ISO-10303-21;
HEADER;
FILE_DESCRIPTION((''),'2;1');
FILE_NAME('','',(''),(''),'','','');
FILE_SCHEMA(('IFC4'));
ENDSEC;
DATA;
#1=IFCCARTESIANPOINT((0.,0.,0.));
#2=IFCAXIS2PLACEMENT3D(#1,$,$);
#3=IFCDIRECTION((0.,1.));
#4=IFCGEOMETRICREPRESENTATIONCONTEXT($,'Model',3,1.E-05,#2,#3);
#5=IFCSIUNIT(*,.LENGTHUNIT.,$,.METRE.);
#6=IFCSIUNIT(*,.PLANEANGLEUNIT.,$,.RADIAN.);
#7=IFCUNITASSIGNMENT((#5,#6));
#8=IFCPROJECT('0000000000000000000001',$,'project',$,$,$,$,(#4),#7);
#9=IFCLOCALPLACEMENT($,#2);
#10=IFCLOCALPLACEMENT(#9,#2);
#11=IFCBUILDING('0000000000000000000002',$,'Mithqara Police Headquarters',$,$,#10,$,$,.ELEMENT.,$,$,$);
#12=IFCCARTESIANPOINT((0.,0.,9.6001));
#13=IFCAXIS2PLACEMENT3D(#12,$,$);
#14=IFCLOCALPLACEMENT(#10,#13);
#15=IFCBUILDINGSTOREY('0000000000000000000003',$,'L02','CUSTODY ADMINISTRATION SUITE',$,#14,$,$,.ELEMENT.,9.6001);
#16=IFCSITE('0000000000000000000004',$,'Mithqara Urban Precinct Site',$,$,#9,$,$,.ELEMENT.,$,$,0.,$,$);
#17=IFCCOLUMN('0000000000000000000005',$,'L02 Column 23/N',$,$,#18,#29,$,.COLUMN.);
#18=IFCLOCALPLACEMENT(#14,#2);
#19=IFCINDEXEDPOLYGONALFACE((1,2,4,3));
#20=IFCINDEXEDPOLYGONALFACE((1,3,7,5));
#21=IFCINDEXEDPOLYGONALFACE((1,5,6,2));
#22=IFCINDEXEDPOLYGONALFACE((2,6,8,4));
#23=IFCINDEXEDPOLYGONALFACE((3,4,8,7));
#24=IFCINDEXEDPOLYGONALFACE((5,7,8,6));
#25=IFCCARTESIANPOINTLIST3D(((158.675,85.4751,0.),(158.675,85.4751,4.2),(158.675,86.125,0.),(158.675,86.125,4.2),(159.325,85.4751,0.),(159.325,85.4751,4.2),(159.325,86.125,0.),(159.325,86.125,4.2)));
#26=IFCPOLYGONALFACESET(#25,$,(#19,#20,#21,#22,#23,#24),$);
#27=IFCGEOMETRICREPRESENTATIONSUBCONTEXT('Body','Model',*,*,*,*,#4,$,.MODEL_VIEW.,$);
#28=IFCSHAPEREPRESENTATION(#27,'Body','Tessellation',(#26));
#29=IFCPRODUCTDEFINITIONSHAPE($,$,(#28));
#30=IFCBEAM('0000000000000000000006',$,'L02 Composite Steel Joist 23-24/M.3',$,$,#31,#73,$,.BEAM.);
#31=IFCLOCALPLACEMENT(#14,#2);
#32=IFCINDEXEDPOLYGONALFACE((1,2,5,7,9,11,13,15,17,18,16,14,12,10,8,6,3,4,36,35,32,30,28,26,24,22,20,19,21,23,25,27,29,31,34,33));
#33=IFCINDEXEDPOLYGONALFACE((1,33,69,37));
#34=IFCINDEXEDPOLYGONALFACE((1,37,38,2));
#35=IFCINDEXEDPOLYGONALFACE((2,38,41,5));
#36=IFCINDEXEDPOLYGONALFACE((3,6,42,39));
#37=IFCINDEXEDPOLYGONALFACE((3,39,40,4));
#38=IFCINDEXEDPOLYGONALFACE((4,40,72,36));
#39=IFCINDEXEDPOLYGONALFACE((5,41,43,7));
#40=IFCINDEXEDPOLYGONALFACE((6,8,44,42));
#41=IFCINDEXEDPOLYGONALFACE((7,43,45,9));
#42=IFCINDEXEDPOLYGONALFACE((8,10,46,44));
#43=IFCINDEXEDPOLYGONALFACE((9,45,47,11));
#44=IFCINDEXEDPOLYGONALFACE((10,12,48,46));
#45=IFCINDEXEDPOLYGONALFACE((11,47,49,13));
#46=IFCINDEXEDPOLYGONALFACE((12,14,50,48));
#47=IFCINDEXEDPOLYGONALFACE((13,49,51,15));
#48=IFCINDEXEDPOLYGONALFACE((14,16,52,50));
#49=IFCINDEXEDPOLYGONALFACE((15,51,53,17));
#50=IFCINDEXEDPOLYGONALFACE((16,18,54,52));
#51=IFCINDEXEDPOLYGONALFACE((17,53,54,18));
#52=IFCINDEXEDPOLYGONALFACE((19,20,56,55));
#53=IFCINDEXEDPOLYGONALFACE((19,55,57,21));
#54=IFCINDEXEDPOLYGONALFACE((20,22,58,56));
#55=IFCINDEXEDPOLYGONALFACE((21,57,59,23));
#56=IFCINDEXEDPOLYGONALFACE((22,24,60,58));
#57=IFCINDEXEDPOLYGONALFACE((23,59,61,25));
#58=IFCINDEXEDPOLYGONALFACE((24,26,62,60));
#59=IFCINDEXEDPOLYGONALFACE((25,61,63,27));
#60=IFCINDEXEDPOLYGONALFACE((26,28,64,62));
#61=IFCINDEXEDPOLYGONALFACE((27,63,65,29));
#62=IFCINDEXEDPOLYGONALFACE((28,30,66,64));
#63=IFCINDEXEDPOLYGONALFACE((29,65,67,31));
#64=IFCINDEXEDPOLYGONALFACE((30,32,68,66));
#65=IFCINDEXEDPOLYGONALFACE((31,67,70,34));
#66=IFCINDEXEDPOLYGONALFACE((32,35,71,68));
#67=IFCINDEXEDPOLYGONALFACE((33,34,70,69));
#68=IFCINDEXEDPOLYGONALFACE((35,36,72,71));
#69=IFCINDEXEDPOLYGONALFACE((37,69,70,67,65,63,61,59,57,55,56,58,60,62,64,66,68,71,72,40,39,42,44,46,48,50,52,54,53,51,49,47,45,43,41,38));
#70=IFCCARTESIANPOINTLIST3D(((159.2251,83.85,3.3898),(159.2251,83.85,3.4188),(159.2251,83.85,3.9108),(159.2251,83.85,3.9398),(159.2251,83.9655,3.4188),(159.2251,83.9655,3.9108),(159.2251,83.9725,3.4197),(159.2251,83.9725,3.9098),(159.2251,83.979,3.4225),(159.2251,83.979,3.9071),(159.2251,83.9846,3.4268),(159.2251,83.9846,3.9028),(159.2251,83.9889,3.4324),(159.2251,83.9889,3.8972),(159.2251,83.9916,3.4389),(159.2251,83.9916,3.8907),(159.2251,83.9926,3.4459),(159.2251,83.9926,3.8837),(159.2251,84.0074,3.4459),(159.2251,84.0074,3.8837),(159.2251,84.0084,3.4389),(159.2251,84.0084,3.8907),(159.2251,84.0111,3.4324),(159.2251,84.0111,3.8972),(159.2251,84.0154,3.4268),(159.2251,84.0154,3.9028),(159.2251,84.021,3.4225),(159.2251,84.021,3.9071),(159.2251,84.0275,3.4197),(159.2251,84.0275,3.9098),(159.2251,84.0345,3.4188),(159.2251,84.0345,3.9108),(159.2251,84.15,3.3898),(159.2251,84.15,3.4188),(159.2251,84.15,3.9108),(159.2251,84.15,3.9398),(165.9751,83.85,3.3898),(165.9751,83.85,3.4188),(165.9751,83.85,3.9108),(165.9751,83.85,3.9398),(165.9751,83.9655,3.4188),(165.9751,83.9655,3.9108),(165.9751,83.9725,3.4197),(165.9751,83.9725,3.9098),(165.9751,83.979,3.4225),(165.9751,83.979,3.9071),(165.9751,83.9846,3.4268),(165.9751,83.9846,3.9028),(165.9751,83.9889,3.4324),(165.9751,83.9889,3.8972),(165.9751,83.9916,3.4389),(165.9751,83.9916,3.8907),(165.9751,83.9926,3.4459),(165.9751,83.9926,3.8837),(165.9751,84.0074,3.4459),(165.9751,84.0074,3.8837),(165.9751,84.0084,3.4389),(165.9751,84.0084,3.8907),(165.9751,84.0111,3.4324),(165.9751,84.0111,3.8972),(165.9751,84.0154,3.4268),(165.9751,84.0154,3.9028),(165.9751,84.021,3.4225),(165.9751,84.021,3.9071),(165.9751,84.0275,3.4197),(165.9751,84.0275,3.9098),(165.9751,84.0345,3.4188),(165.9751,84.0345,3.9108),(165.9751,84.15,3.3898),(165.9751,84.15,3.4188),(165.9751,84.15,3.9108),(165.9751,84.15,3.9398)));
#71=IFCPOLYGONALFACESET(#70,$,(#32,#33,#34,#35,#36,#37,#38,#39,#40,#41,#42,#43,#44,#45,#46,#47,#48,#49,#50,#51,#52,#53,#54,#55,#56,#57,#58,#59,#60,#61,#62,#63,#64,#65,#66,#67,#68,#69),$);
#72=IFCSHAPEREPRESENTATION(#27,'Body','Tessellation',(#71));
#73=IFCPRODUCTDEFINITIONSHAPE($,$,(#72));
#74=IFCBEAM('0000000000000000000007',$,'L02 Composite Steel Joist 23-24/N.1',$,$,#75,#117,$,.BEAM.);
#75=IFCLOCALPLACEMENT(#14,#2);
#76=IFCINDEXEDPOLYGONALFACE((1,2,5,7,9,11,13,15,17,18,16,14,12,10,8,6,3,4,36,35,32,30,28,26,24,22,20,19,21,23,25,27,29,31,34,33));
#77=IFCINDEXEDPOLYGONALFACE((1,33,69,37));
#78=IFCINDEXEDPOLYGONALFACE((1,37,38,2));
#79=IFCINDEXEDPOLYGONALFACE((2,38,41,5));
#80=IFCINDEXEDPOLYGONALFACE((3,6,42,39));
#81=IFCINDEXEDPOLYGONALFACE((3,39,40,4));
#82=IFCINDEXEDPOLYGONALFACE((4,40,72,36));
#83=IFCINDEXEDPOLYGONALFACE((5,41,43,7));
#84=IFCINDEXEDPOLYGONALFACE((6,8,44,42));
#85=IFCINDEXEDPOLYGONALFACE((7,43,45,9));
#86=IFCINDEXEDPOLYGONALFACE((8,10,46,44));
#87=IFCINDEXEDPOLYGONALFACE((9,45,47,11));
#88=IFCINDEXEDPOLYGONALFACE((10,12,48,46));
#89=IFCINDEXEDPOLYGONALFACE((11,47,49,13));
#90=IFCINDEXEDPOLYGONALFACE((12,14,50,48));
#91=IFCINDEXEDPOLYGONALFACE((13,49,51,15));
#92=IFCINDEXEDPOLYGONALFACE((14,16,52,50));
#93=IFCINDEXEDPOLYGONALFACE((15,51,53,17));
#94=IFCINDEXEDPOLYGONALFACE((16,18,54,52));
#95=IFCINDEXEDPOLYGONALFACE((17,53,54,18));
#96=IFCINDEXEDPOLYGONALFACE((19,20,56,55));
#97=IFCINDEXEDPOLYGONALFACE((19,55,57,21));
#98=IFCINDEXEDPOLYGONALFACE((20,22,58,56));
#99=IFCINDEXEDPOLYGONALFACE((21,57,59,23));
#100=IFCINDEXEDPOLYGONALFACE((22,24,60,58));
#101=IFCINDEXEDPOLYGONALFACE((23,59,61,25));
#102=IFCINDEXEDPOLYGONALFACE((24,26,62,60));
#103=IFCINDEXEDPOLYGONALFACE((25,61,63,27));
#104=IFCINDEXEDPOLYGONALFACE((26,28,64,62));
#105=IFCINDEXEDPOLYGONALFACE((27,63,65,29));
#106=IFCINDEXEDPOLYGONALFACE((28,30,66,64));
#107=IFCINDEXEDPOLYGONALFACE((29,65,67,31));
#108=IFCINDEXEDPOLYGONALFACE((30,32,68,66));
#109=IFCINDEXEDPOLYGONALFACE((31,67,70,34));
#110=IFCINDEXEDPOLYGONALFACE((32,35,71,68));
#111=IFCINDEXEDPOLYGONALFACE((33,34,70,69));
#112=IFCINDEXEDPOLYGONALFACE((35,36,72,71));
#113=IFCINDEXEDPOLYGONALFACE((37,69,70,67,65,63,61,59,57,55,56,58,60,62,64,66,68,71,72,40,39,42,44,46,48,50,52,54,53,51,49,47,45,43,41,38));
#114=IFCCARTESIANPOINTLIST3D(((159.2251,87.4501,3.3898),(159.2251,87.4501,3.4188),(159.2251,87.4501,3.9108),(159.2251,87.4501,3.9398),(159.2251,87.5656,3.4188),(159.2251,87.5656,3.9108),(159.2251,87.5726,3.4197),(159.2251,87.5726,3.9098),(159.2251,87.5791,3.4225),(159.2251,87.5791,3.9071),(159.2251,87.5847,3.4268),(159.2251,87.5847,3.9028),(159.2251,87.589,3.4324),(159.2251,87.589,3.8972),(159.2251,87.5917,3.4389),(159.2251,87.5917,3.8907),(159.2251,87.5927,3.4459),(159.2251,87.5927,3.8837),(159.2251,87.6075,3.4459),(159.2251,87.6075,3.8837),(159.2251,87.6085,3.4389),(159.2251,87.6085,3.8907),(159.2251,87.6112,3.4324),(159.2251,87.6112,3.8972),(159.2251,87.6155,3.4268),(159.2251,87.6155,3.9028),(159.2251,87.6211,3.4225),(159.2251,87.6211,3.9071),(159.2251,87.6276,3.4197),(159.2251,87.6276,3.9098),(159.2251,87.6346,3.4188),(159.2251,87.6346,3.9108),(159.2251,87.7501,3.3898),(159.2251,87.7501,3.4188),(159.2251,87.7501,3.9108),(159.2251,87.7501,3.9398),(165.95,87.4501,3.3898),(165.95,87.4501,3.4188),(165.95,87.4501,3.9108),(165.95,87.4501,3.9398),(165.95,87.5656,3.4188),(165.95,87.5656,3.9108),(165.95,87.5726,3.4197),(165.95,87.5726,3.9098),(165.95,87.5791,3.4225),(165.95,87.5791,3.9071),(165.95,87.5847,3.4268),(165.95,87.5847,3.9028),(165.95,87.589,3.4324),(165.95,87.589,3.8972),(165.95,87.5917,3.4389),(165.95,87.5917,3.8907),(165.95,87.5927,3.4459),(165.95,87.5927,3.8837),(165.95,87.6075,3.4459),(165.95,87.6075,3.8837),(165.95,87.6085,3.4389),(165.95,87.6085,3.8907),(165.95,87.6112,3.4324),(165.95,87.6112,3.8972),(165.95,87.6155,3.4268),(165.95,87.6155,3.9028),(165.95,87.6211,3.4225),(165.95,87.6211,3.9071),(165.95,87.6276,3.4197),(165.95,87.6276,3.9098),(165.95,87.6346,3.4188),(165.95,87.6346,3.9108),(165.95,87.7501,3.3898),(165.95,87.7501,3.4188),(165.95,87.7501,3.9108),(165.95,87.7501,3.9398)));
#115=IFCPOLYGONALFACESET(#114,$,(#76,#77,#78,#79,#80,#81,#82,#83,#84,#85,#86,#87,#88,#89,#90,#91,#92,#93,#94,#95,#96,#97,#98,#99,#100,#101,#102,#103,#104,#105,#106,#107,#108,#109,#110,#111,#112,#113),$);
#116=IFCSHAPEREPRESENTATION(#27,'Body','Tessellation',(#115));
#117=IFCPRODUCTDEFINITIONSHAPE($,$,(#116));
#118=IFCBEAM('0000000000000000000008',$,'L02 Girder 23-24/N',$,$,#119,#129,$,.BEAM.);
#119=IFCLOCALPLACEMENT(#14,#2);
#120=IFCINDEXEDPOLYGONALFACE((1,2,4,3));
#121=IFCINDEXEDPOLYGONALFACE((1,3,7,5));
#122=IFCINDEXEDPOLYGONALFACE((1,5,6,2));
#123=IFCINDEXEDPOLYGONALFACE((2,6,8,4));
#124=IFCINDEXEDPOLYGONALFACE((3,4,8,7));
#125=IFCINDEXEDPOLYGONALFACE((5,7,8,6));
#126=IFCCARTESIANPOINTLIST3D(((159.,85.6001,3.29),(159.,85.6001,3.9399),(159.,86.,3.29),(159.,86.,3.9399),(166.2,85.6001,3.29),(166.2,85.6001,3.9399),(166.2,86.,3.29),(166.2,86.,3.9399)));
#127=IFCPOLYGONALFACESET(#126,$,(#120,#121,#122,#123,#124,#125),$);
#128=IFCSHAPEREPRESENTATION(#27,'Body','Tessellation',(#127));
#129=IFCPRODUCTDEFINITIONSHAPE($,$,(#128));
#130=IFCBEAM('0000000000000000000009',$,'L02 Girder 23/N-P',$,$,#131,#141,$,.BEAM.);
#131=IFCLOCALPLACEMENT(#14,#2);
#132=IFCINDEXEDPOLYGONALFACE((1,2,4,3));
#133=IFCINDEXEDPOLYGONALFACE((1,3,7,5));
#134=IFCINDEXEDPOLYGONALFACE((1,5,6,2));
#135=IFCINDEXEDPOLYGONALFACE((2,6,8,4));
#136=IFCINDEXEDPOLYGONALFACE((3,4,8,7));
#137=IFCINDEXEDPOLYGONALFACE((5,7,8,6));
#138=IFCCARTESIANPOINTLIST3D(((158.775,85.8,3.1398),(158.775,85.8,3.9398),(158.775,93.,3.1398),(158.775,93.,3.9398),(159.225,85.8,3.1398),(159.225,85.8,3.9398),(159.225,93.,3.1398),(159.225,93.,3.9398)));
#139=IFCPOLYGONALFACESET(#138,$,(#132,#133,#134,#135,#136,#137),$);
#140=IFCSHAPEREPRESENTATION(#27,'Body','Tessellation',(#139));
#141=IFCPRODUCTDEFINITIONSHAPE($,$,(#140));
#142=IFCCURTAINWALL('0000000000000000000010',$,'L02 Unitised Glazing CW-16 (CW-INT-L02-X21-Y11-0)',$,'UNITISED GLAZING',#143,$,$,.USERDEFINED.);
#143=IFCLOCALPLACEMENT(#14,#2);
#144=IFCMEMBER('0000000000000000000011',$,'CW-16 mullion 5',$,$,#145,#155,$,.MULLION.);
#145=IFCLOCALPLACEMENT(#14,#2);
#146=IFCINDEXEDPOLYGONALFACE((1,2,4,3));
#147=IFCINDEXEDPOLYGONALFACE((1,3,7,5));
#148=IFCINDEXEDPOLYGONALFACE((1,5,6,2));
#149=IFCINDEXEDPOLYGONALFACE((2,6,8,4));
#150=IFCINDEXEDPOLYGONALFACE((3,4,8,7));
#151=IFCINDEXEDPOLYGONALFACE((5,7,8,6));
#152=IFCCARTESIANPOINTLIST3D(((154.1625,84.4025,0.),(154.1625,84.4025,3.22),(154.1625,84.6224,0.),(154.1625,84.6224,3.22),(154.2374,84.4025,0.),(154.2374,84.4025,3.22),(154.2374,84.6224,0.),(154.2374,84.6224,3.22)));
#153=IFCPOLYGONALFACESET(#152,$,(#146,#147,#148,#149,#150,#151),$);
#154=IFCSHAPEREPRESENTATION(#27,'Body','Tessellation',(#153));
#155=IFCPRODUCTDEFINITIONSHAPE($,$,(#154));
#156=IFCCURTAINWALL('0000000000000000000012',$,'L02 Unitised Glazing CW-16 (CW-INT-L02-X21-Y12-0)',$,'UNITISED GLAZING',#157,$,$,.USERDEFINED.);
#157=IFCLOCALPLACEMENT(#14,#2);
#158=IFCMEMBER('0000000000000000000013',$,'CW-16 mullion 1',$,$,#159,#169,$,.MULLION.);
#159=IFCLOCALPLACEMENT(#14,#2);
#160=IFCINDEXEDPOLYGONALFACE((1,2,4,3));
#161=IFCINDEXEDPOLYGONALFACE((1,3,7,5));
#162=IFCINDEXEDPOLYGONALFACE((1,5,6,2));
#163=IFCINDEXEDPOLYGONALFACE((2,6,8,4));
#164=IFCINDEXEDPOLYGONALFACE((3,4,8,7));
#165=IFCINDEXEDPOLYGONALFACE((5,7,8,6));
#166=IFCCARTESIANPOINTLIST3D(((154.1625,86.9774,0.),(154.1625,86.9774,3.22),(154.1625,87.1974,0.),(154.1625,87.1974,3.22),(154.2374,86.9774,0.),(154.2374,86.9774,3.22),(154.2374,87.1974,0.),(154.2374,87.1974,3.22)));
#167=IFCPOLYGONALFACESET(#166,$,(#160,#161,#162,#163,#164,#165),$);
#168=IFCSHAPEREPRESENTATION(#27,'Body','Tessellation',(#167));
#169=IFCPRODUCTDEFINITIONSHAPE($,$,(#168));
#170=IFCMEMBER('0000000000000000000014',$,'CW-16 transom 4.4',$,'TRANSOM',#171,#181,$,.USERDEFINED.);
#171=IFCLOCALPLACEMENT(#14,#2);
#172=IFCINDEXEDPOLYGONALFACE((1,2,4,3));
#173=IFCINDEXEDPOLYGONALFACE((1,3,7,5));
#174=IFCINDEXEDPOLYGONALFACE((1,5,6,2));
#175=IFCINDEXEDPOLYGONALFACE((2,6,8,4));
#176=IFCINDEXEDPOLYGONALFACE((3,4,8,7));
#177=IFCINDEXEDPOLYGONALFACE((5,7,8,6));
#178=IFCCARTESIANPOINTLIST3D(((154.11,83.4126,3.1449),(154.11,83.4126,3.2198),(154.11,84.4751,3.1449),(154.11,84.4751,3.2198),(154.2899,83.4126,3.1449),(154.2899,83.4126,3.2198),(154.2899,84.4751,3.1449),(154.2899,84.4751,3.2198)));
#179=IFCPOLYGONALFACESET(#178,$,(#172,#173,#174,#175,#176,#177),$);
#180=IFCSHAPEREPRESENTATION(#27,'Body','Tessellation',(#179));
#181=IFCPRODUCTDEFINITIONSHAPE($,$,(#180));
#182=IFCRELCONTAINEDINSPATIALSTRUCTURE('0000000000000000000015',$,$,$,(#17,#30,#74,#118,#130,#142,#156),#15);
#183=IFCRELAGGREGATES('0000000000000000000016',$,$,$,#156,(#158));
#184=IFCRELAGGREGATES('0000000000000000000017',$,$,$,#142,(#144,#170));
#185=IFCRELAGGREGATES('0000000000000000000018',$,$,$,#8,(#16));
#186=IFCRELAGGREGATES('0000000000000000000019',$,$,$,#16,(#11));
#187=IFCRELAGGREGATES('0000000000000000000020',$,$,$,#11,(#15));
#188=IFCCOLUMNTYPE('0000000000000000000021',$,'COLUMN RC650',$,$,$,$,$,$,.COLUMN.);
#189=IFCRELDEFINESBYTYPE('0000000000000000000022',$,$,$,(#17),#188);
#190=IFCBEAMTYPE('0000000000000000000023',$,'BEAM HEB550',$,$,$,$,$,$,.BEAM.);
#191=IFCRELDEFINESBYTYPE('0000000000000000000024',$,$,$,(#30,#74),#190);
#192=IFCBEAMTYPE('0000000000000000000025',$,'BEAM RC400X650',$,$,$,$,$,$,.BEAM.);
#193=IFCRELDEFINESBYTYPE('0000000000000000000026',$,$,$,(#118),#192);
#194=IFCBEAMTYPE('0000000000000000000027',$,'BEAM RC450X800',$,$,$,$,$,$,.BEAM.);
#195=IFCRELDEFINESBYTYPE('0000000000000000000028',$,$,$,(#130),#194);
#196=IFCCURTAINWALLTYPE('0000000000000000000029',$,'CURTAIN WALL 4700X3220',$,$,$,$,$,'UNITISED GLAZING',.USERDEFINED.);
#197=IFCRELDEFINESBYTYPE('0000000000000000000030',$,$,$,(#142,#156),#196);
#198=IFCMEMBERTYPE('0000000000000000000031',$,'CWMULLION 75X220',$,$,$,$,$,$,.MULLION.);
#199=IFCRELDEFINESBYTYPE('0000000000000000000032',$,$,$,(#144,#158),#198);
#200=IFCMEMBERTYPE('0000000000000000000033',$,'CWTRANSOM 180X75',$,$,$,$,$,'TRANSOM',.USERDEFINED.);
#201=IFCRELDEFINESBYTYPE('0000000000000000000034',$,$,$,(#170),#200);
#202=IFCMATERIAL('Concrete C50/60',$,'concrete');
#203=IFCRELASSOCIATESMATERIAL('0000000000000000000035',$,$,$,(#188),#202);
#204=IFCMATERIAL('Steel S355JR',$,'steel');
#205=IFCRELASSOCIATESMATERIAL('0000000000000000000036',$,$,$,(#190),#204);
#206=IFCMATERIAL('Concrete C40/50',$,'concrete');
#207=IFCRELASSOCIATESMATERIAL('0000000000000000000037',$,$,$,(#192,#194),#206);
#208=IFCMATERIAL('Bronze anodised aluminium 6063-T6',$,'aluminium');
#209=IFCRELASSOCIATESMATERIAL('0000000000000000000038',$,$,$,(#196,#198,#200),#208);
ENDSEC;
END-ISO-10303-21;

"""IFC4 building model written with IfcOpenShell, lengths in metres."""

from ifc_helpers import new_model, si_unit, direction, frame, origin, origin_2d, place, context, subcontext, project, spatial, rectangle, i_section, extrude, material, material_profile, profile_set, type_object, element, aggregate, save


model = new_model("IFC4")

# Units and contexts
model_context = context("Model", 3, precision=1e-05, world=origin(), true_north=direction((0.0, 1.0)))
body_context = subcontext(model_context, "Body", "Model", "MODEL_VIEW")
ifc_project = project(units=[si_unit("LENGTHUNIT", "METRE"), si_unit("PLANEANGLEUNIT", "RADIAN")], contexts=[model_context])

# Site, building, storey
site_placement = place(None, origin())
site = spatial("IfcSite", under=ifc_project, at=site_placement, Name="Mithqara Urban Precinct Site", CompositionType="ELEMENT", RefElevation=0.0)
building_placement = place(site_placement, origin())
building = spatial("IfcBuilding", under=site, at=building_placement, Name="Mithqara Police Headquarters", CompositionType="ELEMENT")
storey_placement = place(building_placement, frame((0.0, 0.0, 9.6001)))
storey = spatial("IfcBuildingStorey", under=building, at=storey_placement, Name="L02", Description="CUSTODY ADMINISTRATION SUITE", CompositionType="ELEMENT", Elevation=9.6001)

# Column
ifc_material_1 = material(Name="Concrete C50/60", Category="concrete")
ifc_material_profile_1 = material_profile(ifc_material_1, rectangle(XDim=0.6499, YDim=0.6499, at=origin_2d()), Name="RC 650x650")
ifc_profile_set_1 = profile_set([ifc_material_profile_1], Name="Concrete C50/60")
column_type = type_object("IfcColumnType", Name="COLUMN RC650", PredefinedType="COLUMN", material=ifc_profile_set_1)
column_placement = place(storey_placement, frame((159.0, 85.8, 0.0), z_axis=(0.0, 0.0, 1.0), x_axis=(1.0, 0.0, 0.0)))
element("IfcColumn", 1, at=column_placement, inside=storey, type_object=column_type, Name="L02 Column 23/N", PredefinedType="COLUMN", context=body_context, shape_type="SweptSolid", body=[
    extrude(rectangle(XDim=0.6499, YDim=0.6499, at=origin_2d()), origin(), (0.0, 0.0, 1.0), 4.2),
])

# Beams
ifc_material_2 = material(Name="Steel S355JR", Category="steel")
ifc_material_profile_2 = material_profile(ifc_material_2, i_section(OverallWidth=0.3, OverallDepth=0.55, WebThickness=0.0149, FlangeThickness=0.0291, FilletRadius=0.0271, at=origin_2d()), Name="HEB 550")
ifc_profile_set_2 = profile_set([ifc_material_profile_2], Name="Steel S355JR")
beam_type_1 = type_object("IfcBeamType", Name="BEAM HEB550", PredefinedType="BEAM", material=ifc_profile_set_2)
beam_1_placement = place(storey_placement, frame((159.2251, 84.0, 3.6648), z_axis=(1.0, 0.0, 0.0), x_axis=(0.0, 1.0, 0.0)))
element("IfcBeam", 2, at=beam_1_placement, inside=storey, type_object=beam_type_1, Name="L02 Composite Steel Joist 23-24/M.3", PredefinedType="BEAM", context=body_context, shape_type="SweptSolid", body=[
    extrude(i_section(OverallWidth=0.3, OverallDepth=0.55, WebThickness=0.0149, FlangeThickness=0.0291, FilletRadius=0.0271, at=origin_2d()), origin(), (0.0, 0.0, 1.0), 6.75),
])
beam_2_placement = place(storey_placement, frame((159.2251, 87.6001, 3.6648), z_axis=(1.0, 0.0, 0.0), x_axis=(0.0, 1.0, 0.0)))
element("IfcBeam", 3, at=beam_2_placement, inside=storey, type_object=beam_type_1, Name="L02 Composite Steel Joist 23-24/N.1", PredefinedType="BEAM", context=body_context, shape_type="SweptSolid", body=[
    extrude(i_section(OverallWidth=0.3, OverallDepth=0.55, WebThickness=0.0149, FlangeThickness=0.0291, FilletRadius=0.0271, at=origin_2d()), origin(), (0.0, 0.0, 1.0), 6.7249),
])
ifc_material_3 = material(Name="Concrete C40/50", Category="concrete")
ifc_material_profile_3 = material_profile(ifc_material_3, rectangle(XDim=0.3999, YDim=0.6499, at=origin_2d()), Name="RC 400x650")
ifc_profile_set_3 = profile_set([ifc_material_profile_3], Name="Concrete C40/50")
beam_type_2 = type_object("IfcBeamType", Name="BEAM RC400X650", PredefinedType="BEAM", material=ifc_profile_set_3)
beam_3_placement = place(storey_placement, frame((159.0, 85.8, 3.615), z_axis=(1.0, 0.0, 0.0), x_axis=(0.0, 1.0, 0.0)))
element("IfcBeam", 4, at=beam_3_placement, inside=storey, type_object=beam_type_2, Name="L02 Girder 23-24/N", PredefinedType="BEAM", context=body_context, shape_type="SweptSolid", body=[
    extrude(rectangle(XDim=0.3999, YDim=0.6499, at=origin_2d()), origin(), (0.0, 0.0, 1.0), 7.2),
])
ifc_material_profile_4 = material_profile(ifc_material_3, rectangle(XDim=0.45, YDim=0.8, at=origin_2d()), Name="RC 450x800")
ifc_profile_set_4 = profile_set([ifc_material_profile_4], Name="Concrete C40/50")
beam_type_3 = type_object("IfcBeamType", Name="BEAM RC450X800", PredefinedType="BEAM", material=ifc_profile_set_4)
beam_4_placement = place(storey_placement, frame((159.0, 85.8, 3.5398), z_axis=(0.0, 1.0, 0.0), x_axis=(-1.0, 0.0, 0.0)))
element("IfcBeam", 5, at=beam_4_placement, inside=storey, type_object=beam_type_3, Name="L02 Girder 23/N-P", PredefinedType="BEAM", context=body_context, shape_type="SweptSolid", body=[
    extrude(rectangle(XDim=0.45, YDim=0.8, at=origin_2d()), origin(), (0.0, 0.0, 1.0), 7.2),
])

# Curtain walls, members
ifc_material_4 = material(Name="Bronze anodised aluminium 6063-T6", Category="aluminium")
curtain_wall_type = type_object("IfcCurtainWallType", Name="CURTAIN WALL 4700X3220", ElementType="UNITISED GLAZING", PredefinedType="USERDEFINED", material=ifc_material_4)
curtain_wall_1_placement = place(storey_placement, origin())
curtain_wall_1 = element("IfcCurtainWall", 6, at=curtain_wall_1_placement, inside=storey, type_object=curtain_wall_type, Name="L02 Unitised Glazing CW-16 (CW-INT-L02-X21-Y11-0)", ObjectType="UNITISED GLAZING", PredefinedType="USERDEFINED")
ifc_material_profile_5 = material_profile(ifc_material_4, rectangle(XDim=0.075, YDim=0.22, at=origin_2d()), Name="CWM 75x220")
ifc_profile_set_5 = profile_set([ifc_material_profile_5], Name="Bronze anodised aluminium 6063-T6")
member_type_1 = type_object("IfcMemberType", Name="CWMULLION 75X220", PredefinedType="MULLION", material=ifc_profile_set_5)
member_1_placement = place(storey_placement, frame((154.2, 84.5125, 0.0), z_axis=(0.0, 0.0, 1.0), x_axis=(-1.0, 0.0, 0.0)))
member_1 = element("IfcMember", 7, at=member_1_placement, type_object=member_type_1, Name="CW-16 mullion 5", PredefinedType="MULLION", context=body_context, shape_type="SweptSolid", body=[
    extrude(rectangle(XDim=0.075, YDim=0.22, at=origin_2d()), origin(), (0.0, 0.0, 1.0), 3.22),
])
curtain_wall_2_placement = place(storey_placement, origin())
curtain_wall_2 = element("IfcCurtainWall", 8, at=curtain_wall_2_placement, inside=storey, type_object=curtain_wall_type, Name="L02 Unitised Glazing CW-16 (CW-INT-L02-X21-Y12-0)", ObjectType="UNITISED GLAZING", PredefinedType="USERDEFINED")
member_2_placement = place(storey_placement, frame((154.2, 87.0874, 0.0), z_axis=(0.0, 0.0, 1.0), x_axis=(-1.0, 0.0, 0.0)))
member_2 = element("IfcMember", 9, at=member_2_placement, type_object=member_type_1, Name="CW-16 mullion 1", PredefinedType="MULLION", context=body_context, shape_type="SweptSolid", body=[
    extrude(rectangle(XDim=0.075, YDim=0.22, at=origin_2d()), origin(), (0.0, 0.0, 1.0), 3.22),
])

# Member
ifc_material_profile_6 = material_profile(ifc_material_4, rectangle(XDim=0.1799, YDim=0.075, at=origin_2d()), Name="CWT 180x75")
ifc_profile_set_6 = profile_set([ifc_material_profile_6], Name="Bronze anodised aluminium 6063-T6")
member_type_2 = type_object("IfcMemberType", Name="CWTRANSOM 180X75", ElementType="TRANSOM", PredefinedType="USERDEFINED", material=ifc_profile_set_6)
member_3_placement = place(storey_placement, frame((154.2, 83.4126, 3.1824), z_axis=(0.0, 1.0, 0.0), x_axis=(-1.0, 0.0, 0.0)))
member_3 = element("IfcMember", 10, at=member_3_placement, type_object=member_type_2, Name="CW-16 transom 4.4", ObjectType="TRANSOM", PredefinedType="USERDEFINED", context=body_context, shape_type="SweptSolid", body=[
    extrude(rectangle(XDim=0.1799, YDim=0.075, at=origin_2d()), origin(), (0.0, 0.0, 1.0), 1.0625),
])

aggregate(curtain_wall_2, [member_2])
aggregate(curtain_wall_1, [member_1, member_3])

save(model, "model.ifc")
